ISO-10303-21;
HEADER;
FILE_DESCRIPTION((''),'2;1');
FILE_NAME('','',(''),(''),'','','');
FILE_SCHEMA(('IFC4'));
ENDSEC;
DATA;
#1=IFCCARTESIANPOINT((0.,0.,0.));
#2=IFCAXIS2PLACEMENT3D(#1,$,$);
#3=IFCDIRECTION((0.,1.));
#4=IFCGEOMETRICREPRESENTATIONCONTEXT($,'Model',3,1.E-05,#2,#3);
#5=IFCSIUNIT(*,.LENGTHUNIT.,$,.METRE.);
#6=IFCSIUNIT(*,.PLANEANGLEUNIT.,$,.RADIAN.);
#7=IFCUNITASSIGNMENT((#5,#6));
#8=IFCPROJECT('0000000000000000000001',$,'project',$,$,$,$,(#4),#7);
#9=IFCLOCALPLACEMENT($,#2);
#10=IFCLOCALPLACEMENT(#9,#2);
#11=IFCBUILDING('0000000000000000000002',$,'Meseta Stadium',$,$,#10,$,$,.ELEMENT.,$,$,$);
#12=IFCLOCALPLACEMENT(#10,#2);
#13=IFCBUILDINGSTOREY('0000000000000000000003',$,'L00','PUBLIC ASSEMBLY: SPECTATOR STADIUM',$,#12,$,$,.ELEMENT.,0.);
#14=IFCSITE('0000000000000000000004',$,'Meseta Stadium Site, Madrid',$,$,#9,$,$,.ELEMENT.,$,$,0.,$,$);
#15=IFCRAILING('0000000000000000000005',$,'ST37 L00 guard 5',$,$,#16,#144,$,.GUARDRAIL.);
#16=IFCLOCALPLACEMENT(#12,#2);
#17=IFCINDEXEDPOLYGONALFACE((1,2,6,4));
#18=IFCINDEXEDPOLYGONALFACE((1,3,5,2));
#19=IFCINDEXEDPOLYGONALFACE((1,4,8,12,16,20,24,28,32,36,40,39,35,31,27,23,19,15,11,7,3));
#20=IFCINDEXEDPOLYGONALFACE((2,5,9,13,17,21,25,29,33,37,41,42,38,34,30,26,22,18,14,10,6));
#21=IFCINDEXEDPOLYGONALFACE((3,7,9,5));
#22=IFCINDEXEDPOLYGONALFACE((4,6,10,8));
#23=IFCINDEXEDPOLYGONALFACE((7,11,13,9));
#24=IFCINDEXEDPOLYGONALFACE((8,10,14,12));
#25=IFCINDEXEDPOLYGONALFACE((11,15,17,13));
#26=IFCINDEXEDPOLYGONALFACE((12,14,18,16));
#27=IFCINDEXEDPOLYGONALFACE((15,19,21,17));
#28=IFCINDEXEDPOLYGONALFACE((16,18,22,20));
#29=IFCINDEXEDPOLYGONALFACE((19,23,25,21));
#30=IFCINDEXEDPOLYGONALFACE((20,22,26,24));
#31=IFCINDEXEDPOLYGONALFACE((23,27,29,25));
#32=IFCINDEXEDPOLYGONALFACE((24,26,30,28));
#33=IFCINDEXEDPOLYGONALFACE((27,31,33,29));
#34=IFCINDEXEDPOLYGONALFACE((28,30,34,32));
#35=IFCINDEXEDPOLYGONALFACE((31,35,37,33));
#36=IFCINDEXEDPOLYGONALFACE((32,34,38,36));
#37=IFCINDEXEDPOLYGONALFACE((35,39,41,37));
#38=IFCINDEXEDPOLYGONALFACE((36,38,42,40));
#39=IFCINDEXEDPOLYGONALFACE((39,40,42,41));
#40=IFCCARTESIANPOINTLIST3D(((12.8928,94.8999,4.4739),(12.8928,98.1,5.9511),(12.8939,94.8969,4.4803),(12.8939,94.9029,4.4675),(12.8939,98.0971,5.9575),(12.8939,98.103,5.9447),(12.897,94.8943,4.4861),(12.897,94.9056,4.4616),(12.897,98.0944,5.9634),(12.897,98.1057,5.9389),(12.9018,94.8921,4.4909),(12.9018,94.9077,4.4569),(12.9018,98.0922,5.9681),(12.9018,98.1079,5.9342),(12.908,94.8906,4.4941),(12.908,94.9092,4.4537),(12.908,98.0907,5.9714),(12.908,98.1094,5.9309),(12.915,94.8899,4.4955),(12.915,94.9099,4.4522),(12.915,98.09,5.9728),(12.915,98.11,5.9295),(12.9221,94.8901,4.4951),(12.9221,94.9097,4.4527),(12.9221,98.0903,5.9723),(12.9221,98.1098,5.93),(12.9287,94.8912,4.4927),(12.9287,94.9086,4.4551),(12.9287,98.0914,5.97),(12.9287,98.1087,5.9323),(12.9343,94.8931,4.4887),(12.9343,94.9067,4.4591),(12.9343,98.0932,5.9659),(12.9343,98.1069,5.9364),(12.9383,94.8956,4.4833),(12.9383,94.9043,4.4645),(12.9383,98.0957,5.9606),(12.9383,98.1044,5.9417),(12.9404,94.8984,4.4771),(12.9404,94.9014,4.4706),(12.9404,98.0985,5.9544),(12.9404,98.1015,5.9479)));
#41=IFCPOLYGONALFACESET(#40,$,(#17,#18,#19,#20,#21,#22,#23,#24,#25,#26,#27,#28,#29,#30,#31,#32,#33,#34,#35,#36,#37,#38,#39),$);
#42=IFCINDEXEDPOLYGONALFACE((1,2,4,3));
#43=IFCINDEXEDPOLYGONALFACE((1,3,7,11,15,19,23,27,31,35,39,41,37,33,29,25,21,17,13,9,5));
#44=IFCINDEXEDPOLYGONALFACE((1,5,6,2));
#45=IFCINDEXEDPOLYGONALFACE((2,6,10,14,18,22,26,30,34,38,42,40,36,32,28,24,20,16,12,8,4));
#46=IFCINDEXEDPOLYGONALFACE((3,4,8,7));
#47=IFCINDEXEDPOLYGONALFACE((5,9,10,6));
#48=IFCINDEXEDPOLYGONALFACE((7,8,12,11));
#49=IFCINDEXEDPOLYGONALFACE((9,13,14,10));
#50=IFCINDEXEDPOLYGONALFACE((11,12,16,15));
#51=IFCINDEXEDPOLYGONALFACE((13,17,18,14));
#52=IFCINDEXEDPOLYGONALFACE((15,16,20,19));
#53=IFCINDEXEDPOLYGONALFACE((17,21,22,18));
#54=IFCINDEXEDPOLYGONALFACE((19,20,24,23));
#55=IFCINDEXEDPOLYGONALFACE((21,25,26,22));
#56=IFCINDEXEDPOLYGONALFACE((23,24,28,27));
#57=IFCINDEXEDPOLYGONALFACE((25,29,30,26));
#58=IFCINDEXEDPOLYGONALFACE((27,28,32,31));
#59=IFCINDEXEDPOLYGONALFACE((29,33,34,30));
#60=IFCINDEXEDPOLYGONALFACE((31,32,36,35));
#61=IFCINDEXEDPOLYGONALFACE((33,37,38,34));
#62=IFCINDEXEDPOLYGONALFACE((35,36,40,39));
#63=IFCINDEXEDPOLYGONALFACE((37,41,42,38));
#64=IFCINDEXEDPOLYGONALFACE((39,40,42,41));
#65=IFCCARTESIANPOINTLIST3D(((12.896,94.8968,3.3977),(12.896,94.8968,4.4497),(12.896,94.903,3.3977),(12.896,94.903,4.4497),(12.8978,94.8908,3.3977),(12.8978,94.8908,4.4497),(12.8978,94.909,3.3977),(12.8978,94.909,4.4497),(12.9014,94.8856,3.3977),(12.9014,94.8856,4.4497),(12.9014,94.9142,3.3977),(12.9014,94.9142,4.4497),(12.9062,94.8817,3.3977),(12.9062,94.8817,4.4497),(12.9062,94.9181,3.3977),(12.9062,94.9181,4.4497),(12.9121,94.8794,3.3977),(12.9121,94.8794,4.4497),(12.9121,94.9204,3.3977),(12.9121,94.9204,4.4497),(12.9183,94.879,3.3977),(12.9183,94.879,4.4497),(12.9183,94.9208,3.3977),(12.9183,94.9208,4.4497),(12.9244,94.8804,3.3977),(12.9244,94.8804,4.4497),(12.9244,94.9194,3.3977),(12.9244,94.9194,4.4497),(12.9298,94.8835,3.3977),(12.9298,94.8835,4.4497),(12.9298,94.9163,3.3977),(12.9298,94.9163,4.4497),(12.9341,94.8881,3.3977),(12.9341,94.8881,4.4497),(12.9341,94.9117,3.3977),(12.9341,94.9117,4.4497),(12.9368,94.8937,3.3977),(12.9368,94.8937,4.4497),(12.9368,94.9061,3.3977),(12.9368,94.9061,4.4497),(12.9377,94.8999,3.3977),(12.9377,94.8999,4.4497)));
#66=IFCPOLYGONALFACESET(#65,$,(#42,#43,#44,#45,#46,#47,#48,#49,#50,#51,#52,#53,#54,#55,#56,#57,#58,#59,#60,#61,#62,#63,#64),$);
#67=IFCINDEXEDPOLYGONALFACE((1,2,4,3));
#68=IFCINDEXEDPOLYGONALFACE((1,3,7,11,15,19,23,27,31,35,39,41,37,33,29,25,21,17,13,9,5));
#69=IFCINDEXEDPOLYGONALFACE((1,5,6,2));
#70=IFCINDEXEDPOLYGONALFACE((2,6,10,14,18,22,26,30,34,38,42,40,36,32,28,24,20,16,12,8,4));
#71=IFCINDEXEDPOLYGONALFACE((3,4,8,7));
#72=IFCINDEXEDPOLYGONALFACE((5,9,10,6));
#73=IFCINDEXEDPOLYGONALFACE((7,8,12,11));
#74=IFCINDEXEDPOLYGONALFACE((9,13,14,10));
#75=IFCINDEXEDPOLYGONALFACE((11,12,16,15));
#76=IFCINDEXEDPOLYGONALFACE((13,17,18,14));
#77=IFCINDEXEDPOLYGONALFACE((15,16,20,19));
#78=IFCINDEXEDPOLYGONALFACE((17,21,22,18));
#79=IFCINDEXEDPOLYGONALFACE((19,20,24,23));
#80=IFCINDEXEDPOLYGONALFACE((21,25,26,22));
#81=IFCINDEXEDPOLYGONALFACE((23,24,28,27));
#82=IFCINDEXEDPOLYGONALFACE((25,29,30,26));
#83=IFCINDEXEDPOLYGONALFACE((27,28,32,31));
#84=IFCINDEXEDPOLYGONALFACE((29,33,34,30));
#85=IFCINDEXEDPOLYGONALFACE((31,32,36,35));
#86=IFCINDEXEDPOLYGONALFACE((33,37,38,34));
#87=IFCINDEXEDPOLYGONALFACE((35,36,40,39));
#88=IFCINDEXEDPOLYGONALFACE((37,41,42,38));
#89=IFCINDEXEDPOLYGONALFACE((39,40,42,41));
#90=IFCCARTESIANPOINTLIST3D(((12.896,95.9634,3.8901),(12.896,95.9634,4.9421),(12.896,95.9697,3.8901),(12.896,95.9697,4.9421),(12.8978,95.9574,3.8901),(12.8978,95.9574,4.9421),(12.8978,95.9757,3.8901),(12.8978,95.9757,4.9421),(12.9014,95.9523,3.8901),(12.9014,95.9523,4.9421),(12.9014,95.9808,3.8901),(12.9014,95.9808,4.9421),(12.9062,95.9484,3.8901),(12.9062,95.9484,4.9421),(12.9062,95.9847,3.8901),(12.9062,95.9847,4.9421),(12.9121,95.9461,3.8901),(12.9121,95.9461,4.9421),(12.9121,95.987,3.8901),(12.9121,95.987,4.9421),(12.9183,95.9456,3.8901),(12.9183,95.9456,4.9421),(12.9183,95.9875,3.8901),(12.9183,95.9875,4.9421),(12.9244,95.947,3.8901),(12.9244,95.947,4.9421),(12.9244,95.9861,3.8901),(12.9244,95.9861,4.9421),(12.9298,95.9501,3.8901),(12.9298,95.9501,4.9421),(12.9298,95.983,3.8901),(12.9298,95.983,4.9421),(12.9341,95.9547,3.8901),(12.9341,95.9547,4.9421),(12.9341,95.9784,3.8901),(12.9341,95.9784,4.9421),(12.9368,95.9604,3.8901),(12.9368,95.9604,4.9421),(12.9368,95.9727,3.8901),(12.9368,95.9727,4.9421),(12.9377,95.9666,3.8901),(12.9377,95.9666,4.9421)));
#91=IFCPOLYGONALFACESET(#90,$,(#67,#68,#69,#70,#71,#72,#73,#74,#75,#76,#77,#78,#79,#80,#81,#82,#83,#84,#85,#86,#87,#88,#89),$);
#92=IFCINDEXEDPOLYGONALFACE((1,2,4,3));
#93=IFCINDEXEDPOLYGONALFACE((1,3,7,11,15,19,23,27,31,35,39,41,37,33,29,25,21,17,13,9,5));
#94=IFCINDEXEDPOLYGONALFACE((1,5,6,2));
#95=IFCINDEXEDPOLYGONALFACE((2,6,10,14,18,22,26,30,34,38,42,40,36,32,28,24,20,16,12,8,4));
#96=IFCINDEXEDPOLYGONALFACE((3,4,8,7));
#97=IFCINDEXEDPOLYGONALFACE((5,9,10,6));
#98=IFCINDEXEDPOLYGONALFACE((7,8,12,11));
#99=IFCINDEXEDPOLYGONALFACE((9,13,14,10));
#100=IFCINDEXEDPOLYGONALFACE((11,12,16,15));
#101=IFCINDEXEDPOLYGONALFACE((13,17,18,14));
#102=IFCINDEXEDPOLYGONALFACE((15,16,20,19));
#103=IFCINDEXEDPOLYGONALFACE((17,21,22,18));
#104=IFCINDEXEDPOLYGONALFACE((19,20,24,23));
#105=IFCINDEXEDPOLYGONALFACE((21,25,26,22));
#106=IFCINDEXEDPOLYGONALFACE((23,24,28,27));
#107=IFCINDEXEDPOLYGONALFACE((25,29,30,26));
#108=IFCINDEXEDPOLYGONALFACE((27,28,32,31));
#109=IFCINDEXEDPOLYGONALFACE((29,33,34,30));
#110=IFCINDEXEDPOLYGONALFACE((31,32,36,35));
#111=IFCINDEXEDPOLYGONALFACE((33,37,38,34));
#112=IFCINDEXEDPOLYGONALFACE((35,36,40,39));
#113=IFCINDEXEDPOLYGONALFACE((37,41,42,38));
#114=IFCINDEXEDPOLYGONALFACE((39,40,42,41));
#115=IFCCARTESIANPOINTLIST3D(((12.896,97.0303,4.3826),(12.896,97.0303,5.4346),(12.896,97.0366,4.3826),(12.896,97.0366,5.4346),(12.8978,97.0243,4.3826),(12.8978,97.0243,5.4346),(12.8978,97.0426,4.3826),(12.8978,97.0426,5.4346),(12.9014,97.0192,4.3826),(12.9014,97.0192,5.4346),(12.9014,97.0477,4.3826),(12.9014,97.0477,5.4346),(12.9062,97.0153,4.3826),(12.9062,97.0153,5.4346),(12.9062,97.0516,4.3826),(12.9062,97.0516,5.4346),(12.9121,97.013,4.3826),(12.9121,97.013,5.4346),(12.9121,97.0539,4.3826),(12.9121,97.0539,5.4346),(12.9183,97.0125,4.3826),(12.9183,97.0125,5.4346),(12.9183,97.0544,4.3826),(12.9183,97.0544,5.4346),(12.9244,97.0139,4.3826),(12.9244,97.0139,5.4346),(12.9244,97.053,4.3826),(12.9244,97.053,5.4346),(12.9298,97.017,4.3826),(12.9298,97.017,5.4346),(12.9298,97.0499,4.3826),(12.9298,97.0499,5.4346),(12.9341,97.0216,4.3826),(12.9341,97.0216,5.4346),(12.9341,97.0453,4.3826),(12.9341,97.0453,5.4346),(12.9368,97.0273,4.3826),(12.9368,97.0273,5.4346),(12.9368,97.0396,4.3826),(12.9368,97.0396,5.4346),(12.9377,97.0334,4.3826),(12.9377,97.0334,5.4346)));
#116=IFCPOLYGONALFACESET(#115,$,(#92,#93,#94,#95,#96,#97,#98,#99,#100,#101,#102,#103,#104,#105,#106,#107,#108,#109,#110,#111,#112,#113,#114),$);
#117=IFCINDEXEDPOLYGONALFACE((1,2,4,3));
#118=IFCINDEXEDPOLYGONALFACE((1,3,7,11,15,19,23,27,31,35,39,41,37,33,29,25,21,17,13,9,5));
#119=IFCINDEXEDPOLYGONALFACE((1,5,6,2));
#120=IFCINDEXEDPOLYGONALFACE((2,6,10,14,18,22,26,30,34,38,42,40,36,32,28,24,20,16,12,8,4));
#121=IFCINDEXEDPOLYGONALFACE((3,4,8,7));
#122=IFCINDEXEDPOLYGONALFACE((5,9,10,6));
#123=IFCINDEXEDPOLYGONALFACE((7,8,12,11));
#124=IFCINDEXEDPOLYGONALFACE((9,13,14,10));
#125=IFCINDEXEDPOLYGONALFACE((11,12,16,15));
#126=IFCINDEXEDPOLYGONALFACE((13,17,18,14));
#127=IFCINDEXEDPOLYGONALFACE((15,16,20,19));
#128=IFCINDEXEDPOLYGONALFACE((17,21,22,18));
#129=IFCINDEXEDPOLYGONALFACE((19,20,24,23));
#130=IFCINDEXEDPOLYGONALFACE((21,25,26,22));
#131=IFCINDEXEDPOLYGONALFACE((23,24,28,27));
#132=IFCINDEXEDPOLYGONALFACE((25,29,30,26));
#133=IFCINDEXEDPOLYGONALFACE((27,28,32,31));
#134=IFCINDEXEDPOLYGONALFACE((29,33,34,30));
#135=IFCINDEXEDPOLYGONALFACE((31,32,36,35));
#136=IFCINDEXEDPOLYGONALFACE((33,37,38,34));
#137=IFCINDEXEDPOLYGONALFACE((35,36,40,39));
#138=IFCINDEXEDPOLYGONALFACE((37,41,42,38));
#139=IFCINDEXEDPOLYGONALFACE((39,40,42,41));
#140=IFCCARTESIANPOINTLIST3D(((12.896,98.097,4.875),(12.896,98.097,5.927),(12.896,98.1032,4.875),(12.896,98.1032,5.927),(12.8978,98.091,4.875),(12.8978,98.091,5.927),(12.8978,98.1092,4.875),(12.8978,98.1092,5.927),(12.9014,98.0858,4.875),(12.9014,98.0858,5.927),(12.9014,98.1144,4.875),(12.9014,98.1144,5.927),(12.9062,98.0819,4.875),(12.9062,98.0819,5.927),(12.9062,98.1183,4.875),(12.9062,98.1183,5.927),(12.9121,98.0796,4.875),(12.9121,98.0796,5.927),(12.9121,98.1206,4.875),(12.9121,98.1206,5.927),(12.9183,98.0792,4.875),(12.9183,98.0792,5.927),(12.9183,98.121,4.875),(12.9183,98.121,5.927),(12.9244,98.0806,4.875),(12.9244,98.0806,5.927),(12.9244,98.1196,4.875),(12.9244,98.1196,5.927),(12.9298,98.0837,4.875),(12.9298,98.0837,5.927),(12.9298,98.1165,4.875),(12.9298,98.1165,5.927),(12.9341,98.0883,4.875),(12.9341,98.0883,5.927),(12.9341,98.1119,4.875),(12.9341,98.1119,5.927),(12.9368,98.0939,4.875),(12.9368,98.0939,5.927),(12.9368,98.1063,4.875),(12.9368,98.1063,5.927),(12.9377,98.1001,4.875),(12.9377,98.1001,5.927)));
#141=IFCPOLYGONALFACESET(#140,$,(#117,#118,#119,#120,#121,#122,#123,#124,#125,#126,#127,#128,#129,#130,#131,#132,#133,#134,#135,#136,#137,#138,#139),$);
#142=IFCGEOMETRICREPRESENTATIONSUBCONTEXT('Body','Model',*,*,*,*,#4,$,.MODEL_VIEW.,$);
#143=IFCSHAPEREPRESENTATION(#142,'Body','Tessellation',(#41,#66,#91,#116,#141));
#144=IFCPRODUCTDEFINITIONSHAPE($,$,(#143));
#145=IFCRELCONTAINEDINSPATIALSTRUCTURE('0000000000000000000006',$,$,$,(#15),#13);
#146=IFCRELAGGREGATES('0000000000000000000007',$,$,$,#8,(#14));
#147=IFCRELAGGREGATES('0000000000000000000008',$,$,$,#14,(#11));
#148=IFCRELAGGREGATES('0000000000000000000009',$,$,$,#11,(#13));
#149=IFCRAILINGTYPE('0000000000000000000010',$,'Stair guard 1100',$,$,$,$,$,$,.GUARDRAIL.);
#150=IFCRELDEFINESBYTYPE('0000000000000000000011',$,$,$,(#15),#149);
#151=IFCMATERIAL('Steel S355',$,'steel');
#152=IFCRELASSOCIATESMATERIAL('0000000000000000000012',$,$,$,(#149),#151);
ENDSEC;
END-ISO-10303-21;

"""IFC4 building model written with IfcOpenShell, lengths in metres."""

from ifc_helpers import new_model, si_unit, direction, frame, origin, origin_2d, place, context, subcontext, project, spatial, circle, extrude, material, type_object, element, save


model = new_model("IFC4")

# Units and contexts
model_context = context("Model", 3, precision=1e-05, world=origin(), true_north=direction((0.0, 1.0)))
body_context = subcontext(model_context, "Body", "Model", "MODEL_VIEW")
ifc_project = project(units=[si_unit("LENGTHUNIT", "METRE"), si_unit("PLANEANGLEUNIT", "RADIAN")], contexts=[model_context])

# Site, building, storey
site_placement = place(None, origin())
site = spatial("IfcSite", under=ifc_project, at=site_placement, Name="Meseta Stadium Site, Madrid", CompositionType="ELEMENT", RefElevation=0.0)
building_placement = place(site_placement, origin())
building = spatial("IfcBuilding", under=site, at=building_placement, Name="Meseta Stadium", CompositionType="ELEMENT")
storey_placement = place(building_placement, origin())
storey = spatial("IfcBuildingStorey", under=building, at=storey_placement, Name="L00", Description="PUBLIC ASSEMBLY: SPECTATOR STADIUM", CompositionType="ELEMENT", Elevation=0.0)

# Railing
ifc_material_1 = material(Name="Steel S355", Category="steel")
railing_type_1 = type_object("IfcRailingType", Name="Stair guard 1100", PredefinedType="GUARDRAIL", material=ifc_material_1)
railing_1_placement = place(storey_placement, frame((12.9167, 94.8999, 3.3977)))
element("IfcRailing", 1, at=railing_1_placement, inside=storey, type_object=railing_type_1, Name="ST37 L00 guard 5", PredefinedType="GUARDRAIL", context=body_context, shape_type="SweptSolid", body=[
    extrude(circle(Radius=0.0239, at=origin_2d()), frame((0.0, 0.0, 1.0762), z_axis=(0.0, 0.907929, 0.419124), x_axis=(-1.0, 0.0, 0.0)), (0.0, 0.0, 1.0), 3.5247),
    extrude(circle(Radius=0.021, at=origin_2d()), origin(), (0.0, 0.0, 1.0), 1.052),
    extrude(circle(Radius=0.021, at=origin_2d()), frame((0.0, 1.0667, 0.4924)), (0.0, 0.0, 1.0), 1.052),
    extrude(circle(Radius=0.021, at=origin_2d()), frame((0.0, 2.1335, 0.9849)), (0.0, 0.0, 1.0), 1.052),
    extrude(circle(Radius=0.021, at=origin_2d()), frame((0.0, 3.2002, 1.4773)), (0.0, 0.0, 1.0), 1.052),
])

save(model, "model.ifc")
